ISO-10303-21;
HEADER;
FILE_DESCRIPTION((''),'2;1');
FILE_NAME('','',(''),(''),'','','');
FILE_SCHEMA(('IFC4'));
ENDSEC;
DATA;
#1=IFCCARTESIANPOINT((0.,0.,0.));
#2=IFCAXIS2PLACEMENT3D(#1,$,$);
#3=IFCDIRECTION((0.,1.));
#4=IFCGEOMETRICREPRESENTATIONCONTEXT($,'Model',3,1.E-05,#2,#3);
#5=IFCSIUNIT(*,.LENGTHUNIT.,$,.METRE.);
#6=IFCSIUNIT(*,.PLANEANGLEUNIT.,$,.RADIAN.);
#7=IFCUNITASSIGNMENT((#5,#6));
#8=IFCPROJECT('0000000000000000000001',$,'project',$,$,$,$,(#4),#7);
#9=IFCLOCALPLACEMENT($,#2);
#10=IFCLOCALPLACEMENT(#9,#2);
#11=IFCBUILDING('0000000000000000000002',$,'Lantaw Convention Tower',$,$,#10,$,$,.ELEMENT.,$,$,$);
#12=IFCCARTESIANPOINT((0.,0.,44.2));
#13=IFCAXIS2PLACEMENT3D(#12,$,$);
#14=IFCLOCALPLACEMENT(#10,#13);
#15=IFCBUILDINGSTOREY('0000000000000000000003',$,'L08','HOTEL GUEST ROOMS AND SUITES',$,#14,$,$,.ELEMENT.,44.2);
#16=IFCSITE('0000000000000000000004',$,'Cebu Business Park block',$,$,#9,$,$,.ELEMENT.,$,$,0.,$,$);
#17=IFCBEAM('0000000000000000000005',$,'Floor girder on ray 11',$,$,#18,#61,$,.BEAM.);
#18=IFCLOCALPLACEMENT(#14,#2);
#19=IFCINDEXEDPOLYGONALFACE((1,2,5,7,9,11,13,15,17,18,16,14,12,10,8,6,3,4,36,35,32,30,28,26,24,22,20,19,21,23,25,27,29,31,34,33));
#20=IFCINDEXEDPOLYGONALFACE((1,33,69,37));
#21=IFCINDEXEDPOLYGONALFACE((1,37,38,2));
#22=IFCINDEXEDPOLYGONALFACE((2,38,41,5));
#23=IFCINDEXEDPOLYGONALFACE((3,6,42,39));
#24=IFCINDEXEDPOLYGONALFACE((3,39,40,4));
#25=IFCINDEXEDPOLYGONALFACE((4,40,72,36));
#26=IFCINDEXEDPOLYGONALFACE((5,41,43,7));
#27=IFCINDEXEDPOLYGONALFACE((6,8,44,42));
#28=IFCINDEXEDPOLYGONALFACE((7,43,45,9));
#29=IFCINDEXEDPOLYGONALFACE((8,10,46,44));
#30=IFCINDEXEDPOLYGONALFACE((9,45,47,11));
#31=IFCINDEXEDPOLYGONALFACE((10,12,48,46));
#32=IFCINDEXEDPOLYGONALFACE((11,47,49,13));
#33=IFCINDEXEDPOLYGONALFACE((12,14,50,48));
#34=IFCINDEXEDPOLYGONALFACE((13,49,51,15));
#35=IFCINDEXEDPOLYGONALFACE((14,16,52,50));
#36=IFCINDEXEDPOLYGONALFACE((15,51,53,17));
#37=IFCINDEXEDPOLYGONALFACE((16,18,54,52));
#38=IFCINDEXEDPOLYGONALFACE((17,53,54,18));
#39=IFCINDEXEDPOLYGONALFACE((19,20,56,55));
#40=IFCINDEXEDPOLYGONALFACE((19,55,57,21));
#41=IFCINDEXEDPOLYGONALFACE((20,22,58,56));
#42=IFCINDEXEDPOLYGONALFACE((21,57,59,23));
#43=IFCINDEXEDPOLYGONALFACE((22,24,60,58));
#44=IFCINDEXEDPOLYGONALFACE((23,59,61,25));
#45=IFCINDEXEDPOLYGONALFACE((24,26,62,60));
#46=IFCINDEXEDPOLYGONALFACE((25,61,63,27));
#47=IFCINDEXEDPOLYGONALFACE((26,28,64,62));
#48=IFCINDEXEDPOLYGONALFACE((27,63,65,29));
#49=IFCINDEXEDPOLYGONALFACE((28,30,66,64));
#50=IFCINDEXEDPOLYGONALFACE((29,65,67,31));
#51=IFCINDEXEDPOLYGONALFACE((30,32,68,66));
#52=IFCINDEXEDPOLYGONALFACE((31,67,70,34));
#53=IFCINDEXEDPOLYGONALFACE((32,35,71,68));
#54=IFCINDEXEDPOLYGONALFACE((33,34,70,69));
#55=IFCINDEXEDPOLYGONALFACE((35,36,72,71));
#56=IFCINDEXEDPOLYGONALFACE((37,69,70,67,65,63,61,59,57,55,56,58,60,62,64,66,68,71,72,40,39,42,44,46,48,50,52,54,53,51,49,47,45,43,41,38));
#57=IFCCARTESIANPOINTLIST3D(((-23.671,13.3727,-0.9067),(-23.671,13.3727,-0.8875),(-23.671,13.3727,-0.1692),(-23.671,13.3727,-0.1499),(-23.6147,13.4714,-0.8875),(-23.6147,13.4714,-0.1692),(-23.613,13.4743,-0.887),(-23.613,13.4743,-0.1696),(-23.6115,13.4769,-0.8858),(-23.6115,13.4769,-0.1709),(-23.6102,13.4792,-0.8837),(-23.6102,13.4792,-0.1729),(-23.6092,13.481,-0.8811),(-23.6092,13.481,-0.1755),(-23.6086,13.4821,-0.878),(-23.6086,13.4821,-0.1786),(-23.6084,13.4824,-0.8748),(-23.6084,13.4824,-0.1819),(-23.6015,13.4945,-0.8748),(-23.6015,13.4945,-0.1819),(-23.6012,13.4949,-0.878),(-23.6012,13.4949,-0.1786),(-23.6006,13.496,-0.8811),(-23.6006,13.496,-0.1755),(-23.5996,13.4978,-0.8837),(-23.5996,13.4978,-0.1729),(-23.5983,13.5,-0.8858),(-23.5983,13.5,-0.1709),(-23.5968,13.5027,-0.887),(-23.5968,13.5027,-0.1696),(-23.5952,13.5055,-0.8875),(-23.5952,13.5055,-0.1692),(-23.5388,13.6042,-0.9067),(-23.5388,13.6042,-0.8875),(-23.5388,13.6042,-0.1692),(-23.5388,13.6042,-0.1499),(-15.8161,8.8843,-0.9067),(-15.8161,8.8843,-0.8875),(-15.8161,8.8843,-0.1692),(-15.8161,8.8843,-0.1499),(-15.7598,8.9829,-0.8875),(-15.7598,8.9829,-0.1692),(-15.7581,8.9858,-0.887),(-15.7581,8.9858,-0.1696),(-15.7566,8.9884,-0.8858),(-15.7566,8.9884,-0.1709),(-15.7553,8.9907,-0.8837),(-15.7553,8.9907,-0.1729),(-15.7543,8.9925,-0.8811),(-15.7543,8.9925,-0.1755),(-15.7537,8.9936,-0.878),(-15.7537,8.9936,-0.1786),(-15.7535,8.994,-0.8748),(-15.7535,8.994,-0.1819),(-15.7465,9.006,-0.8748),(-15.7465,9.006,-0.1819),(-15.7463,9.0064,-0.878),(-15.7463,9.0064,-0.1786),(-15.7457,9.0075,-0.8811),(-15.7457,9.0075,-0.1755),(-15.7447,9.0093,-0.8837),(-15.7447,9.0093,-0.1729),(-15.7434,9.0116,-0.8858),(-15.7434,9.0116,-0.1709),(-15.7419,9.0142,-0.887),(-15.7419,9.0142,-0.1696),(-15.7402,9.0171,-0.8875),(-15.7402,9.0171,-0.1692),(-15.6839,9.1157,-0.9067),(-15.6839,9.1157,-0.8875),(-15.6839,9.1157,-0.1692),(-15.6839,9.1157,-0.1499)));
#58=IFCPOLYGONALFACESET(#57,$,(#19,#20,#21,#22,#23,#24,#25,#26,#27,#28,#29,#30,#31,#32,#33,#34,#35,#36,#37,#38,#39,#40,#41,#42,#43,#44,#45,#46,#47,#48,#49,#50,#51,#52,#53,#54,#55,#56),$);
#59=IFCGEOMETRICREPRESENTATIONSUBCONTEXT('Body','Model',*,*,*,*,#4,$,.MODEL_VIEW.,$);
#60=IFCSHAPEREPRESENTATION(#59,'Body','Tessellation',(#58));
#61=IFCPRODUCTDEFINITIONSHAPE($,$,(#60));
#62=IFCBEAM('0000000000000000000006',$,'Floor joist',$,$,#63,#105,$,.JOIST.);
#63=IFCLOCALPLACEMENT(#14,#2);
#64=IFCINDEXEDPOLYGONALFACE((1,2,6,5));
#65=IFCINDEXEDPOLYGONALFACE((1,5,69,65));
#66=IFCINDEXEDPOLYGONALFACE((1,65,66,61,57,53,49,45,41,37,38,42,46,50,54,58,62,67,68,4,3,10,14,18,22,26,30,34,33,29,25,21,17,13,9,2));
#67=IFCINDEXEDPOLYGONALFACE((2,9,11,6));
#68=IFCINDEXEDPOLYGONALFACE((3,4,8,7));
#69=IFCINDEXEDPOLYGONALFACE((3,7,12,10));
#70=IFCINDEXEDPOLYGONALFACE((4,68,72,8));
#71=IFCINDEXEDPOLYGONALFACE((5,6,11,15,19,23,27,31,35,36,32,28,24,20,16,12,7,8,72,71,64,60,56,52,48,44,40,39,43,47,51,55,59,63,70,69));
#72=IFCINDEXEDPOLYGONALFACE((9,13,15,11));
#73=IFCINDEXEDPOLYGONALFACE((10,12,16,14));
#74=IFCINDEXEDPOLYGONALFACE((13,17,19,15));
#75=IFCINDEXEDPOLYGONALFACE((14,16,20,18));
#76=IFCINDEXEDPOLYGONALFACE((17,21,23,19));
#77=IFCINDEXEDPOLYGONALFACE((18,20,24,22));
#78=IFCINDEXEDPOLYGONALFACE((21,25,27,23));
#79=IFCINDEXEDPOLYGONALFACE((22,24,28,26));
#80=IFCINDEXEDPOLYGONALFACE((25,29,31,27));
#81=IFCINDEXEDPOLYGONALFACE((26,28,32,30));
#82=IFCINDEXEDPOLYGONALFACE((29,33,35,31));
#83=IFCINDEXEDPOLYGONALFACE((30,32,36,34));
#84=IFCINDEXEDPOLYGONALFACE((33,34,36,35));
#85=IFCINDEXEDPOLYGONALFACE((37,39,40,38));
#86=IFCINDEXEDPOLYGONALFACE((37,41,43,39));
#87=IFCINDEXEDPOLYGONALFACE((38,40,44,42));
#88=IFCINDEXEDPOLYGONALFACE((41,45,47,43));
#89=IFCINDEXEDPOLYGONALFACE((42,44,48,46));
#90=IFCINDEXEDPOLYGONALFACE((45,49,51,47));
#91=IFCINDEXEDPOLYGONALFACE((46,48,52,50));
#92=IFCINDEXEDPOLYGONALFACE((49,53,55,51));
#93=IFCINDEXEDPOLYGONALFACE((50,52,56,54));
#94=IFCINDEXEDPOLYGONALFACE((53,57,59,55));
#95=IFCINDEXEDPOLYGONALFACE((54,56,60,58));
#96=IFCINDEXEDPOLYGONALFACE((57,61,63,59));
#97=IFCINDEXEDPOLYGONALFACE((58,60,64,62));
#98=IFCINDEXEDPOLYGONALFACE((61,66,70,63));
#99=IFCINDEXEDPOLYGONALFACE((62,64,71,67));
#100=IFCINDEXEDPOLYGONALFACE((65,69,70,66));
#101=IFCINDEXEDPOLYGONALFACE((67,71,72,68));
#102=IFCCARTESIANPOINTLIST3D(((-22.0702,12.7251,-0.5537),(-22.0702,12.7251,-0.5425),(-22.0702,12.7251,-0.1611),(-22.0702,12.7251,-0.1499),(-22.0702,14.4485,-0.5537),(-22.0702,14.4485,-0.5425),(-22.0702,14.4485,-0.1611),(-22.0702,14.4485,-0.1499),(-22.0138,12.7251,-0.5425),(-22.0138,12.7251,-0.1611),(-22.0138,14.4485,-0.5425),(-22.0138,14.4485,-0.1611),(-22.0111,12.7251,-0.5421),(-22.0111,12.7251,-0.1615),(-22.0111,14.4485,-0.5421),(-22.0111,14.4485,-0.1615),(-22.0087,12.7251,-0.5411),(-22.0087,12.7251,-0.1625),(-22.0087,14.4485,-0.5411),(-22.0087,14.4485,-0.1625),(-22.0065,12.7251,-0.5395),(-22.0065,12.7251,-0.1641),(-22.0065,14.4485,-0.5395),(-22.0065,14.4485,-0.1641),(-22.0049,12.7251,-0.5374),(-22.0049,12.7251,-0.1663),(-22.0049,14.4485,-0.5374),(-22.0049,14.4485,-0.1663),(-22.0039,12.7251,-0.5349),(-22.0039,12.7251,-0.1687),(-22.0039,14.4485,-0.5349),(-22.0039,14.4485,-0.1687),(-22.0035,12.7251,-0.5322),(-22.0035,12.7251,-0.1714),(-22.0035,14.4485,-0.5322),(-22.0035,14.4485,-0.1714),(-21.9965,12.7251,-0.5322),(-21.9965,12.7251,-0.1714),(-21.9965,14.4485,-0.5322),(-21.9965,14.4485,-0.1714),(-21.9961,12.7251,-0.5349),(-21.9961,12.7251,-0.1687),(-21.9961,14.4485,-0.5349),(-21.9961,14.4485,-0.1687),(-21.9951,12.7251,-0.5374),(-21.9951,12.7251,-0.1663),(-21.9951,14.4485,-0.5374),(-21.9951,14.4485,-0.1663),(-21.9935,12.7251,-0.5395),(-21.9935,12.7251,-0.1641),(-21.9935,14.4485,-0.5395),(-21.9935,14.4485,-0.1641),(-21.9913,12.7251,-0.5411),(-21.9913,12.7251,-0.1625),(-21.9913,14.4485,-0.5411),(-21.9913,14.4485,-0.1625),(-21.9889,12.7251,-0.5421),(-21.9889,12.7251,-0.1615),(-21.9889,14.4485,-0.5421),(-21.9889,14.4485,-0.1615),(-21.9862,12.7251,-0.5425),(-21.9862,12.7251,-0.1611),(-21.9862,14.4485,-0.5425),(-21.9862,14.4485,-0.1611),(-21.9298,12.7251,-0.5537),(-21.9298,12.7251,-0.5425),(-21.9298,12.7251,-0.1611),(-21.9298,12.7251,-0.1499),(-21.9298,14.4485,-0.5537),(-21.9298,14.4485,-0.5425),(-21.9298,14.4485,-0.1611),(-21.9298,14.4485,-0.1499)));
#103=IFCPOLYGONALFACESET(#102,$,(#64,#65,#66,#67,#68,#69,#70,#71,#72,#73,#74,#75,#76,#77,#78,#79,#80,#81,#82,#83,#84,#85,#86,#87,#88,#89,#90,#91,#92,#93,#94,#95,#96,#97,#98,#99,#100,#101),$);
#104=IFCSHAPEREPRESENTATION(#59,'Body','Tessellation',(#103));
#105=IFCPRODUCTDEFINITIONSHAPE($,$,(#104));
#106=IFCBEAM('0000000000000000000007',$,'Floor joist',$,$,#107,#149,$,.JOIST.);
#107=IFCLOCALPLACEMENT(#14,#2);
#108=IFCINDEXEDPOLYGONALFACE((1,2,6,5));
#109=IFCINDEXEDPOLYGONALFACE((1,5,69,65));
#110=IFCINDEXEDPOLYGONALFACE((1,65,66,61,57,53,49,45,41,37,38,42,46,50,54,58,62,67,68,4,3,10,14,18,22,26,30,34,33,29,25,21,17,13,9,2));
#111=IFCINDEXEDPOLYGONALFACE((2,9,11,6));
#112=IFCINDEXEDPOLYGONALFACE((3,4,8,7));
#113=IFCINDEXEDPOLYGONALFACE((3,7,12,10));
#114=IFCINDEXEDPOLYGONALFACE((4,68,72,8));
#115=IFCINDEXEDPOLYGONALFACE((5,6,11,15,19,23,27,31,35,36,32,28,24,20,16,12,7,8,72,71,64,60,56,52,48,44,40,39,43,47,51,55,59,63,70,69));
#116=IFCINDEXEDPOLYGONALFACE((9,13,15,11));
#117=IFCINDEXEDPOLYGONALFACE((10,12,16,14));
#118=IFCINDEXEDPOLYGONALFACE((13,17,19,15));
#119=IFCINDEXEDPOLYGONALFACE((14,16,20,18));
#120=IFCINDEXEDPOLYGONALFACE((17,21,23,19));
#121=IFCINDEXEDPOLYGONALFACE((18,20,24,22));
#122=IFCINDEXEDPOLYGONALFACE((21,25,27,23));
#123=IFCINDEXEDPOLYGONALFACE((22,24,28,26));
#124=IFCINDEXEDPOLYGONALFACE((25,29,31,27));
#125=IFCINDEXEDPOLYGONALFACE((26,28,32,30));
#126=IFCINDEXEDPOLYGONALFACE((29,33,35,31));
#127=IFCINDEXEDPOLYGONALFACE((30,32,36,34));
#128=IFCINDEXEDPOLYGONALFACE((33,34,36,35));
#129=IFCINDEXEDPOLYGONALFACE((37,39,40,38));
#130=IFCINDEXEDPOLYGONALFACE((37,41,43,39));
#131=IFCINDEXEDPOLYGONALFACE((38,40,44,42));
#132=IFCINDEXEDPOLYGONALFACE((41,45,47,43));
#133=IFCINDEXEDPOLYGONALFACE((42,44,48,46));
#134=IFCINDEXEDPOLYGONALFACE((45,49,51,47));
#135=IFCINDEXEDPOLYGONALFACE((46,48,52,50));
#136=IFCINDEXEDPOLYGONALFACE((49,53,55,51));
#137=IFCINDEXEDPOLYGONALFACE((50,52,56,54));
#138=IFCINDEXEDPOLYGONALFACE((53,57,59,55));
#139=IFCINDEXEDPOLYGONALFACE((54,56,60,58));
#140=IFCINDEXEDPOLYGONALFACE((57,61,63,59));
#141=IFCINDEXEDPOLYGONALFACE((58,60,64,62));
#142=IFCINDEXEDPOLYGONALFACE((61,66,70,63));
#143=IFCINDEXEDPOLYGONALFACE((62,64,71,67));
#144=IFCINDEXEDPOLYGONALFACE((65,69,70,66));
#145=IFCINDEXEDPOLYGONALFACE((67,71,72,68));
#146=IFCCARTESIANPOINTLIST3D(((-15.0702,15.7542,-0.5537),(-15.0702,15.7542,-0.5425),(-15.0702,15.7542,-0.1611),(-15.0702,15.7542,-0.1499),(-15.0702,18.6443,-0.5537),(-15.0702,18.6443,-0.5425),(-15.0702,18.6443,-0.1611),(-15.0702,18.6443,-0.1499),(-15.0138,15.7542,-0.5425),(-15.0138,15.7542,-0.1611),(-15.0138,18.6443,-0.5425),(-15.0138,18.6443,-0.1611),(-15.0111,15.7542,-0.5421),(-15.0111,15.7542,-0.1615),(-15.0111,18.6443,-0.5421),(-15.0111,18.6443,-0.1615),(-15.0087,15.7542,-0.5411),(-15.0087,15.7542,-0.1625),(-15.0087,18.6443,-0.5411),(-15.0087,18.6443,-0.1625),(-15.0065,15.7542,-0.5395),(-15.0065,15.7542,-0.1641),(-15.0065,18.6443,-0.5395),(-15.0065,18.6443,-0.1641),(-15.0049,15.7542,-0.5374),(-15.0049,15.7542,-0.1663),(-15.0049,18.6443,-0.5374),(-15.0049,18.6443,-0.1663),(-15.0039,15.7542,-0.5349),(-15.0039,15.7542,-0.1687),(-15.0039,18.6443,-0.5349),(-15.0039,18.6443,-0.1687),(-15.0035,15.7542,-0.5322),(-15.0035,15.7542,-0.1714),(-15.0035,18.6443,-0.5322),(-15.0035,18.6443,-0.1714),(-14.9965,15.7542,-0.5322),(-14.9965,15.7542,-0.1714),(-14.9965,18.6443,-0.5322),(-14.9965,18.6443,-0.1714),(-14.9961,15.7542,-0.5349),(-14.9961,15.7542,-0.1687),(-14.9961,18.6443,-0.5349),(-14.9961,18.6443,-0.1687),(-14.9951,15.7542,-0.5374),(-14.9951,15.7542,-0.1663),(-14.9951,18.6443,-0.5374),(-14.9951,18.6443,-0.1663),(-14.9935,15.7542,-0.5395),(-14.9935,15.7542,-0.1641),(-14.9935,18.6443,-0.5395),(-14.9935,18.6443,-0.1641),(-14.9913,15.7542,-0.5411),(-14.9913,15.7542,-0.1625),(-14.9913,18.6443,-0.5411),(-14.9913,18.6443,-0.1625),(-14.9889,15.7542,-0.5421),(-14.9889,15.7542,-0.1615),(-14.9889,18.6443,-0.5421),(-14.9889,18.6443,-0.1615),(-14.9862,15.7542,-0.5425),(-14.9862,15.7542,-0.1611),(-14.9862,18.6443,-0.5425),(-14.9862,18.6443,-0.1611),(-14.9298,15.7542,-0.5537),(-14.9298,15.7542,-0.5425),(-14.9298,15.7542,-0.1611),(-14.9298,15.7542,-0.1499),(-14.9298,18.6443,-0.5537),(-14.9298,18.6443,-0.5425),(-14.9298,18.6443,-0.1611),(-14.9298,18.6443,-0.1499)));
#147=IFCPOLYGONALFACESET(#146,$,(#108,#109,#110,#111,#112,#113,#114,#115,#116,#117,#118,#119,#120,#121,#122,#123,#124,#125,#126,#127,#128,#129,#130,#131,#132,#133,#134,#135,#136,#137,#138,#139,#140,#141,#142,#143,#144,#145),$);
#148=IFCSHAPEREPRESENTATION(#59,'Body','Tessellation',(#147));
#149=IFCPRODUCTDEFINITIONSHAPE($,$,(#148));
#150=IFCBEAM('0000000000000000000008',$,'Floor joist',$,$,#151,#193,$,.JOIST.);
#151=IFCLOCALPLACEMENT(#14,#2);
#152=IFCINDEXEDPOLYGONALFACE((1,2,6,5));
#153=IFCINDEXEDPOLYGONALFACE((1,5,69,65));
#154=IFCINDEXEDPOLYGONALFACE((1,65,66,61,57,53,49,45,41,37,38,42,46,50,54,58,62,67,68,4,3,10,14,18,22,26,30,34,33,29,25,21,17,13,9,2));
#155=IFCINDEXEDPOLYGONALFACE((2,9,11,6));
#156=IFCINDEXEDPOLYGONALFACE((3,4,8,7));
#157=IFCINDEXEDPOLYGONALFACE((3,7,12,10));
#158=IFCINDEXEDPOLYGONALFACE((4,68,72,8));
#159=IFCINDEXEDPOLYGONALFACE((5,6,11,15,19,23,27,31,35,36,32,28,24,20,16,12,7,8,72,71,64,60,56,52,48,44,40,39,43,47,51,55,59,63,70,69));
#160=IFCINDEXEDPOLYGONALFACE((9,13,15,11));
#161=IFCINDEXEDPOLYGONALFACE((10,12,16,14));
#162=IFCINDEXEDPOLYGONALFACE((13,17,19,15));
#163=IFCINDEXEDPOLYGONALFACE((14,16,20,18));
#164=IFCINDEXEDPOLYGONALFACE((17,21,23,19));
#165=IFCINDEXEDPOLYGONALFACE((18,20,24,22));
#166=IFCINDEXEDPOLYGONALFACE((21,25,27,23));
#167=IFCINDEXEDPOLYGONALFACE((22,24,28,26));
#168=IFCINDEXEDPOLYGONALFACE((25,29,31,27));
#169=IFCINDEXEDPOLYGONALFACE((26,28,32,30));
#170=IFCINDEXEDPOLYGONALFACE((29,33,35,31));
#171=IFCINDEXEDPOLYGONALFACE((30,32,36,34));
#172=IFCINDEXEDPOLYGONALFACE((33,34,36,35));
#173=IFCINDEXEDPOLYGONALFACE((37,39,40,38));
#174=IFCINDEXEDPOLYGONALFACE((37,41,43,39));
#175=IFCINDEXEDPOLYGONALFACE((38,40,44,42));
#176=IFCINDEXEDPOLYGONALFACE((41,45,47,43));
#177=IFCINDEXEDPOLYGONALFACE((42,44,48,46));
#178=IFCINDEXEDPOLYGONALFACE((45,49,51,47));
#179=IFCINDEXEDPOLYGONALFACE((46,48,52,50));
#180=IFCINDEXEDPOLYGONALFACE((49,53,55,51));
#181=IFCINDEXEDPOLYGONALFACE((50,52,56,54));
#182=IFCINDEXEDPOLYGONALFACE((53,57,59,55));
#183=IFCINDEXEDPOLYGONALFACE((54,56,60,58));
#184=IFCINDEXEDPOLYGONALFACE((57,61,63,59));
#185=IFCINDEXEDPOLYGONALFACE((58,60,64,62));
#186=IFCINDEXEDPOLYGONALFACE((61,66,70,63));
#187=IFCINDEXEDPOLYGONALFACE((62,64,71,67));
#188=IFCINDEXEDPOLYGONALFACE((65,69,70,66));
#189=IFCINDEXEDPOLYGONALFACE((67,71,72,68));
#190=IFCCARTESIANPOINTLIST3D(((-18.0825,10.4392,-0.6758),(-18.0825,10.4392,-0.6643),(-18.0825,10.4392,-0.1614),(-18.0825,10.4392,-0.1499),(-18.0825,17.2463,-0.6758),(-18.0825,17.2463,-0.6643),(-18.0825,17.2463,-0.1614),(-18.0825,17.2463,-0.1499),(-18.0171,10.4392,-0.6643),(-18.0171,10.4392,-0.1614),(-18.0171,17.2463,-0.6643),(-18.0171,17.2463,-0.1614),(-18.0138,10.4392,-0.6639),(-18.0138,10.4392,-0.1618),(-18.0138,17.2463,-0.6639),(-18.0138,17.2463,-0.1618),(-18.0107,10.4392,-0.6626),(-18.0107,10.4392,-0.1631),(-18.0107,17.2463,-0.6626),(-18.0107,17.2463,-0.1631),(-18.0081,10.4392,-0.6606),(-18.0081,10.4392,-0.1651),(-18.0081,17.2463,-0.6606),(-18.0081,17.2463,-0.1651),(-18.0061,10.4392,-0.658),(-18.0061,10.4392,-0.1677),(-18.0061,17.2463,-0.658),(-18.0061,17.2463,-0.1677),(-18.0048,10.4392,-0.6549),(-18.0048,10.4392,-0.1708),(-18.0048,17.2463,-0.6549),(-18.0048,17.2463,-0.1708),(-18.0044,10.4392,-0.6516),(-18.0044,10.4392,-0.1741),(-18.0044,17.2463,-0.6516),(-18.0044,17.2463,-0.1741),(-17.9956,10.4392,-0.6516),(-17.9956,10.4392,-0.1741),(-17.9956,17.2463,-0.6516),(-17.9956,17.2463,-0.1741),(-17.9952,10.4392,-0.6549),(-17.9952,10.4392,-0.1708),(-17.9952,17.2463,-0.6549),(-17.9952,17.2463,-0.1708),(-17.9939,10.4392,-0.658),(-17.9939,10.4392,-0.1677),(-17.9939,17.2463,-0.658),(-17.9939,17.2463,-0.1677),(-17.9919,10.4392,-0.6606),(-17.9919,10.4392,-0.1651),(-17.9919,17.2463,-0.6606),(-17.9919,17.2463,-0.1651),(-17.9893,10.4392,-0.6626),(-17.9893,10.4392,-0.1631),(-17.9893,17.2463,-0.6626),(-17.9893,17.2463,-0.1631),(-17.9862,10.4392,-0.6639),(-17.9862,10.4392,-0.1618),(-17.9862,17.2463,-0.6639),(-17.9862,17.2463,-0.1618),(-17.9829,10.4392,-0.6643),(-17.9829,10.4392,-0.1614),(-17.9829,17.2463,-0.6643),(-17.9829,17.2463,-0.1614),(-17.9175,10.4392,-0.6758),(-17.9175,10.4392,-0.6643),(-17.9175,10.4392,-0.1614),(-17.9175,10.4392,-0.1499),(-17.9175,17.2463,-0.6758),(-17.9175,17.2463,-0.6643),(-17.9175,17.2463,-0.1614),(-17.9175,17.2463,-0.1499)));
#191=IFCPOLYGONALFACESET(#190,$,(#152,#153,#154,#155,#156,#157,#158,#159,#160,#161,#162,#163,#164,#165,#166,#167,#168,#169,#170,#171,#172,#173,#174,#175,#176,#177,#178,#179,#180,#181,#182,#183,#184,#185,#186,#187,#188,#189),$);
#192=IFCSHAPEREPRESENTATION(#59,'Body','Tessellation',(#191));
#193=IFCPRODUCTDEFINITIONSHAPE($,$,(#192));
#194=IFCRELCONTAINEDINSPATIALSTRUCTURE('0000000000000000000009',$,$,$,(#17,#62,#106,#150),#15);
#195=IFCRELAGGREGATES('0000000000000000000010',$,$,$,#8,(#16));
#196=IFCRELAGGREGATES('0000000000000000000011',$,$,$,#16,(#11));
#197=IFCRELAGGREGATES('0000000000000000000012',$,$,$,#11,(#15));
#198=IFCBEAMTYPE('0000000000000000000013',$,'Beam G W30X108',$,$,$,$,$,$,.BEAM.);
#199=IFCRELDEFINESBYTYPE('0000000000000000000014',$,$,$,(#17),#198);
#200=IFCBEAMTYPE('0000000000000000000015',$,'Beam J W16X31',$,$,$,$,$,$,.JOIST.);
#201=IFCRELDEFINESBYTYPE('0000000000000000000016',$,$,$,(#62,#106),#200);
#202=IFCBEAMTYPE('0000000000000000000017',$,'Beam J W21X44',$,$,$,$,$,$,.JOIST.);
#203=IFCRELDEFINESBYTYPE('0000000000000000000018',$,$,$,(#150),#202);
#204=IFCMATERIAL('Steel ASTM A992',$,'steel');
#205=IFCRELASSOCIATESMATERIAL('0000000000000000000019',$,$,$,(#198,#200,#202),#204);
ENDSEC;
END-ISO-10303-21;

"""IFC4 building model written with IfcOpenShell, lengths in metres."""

from ifc_helpers import new_model, si_unit, direction, frame, origin, origin_2d, place, context, subcontext, project, spatial, i_section, extrude, material, material_profile, profile_set, type_object, element, save


model = new_model("IFC4")

# Units and contexts
model_context = context("Model", 3, precision=1e-05, world=origin(), true_north=direction((0.0, 1.0)))
body_context = subcontext(model_context, "Body", "Model", "MODEL_VIEW")
ifc_project = project(units=[si_unit("LENGTHUNIT", "METRE"), si_unit("PLANEANGLEUNIT", "RADIAN")], contexts=[model_context])

# Site, building, storey
site_placement = place(None, origin())
site = spatial("IfcSite", under=ifc_project, at=site_placement, Name="Cebu Business Park block", CompositionType="ELEMENT", RefElevation=0.0)
building_placement = place(site_placement, origin())
building = spatial("IfcBuilding", under=site, at=building_placement, Name="Lantaw Convention Tower", CompositionType="ELEMENT")
storey_placement = place(building_placement, frame((0.0, 0.0, 44.2)))
storey = spatial("IfcBuildingStorey", under=building, at=storey_placement, Name="L08", Description="HOTEL GUEST ROOMS AND SUITES", CompositionType="ELEMENT", Elevation=44.2)

# Beams
ifc_material_1 = material(Name="Steel ASTM A992", Category="steel")
ifc_material_profile_1 = material_profile(ifc_material_1, i_section(OverallWidth=0.2666, OverallDepth=0.7568, WebThickness=0.0139, FlangeThickness=0.0193, FilletRadius=0.0127, at=origin_2d()), Name="W30X108")
ifc_profile_set_1 = profile_set([ifc_material_profile_1], Name="Steel ASTM A992")
beam_type_1 = type_object("IfcBeamType", Name="Beam G W30X108", PredefinedType="BEAM", material=ifc_profile_set_1)
beam_1_placement = place(storey_placement, frame((-15.75, 9.0, -0.5283), z_axis=(-0.868245, 0.496136, 0.0), x_axis=(-0.496136, -0.868245, 0.0)))
element("IfcBeam", 1, at=beam_1_placement, inside=storey, type_object=beam_type_1, Name="Floor girder on ray 11", PredefinedType="BEAM", context=body_context, shape_type="SweptSolid", body=[
    extrude(i_section(OverallWidth=0.2666, OverallDepth=0.7568, WebThickness=0.0139, FlangeThickness=0.0193, FilletRadius=0.0127, at=origin_2d()), origin(), (0.0, 0.0, 1.0), 9.0469),
])
ifc_material_profile_2 = material_profile(ifc_material_1, i_section(OverallWidth=0.1404, OverallDepth=0.4038, WebThickness=0.0071, FlangeThickness=0.0112, FilletRadius=0.0103, at=origin_2d()), Name="W16X31")
ifc_profile_set_2 = profile_set([ifc_material_profile_2], Name="Steel ASTM A992")
beam_type_2 = type_object("IfcBeamType", Name="Beam J W16X31", PredefinedType="JOIST", material=ifc_profile_set_2)
beam_2_placement = place(storey_placement, frame((-22.0, 12.7251, -0.3518), z_axis=(0.0, 1.0, 0.0), x_axis=(-1.0, 0.0, 0.0)))
element("IfcBeam", 2, at=beam_2_placement, inside=storey, type_object=beam_type_2, Name="Floor joist", PredefinedType="JOIST", context=body_context, shape_type="SweptSolid", body=[
    extrude(i_section(OverallWidth=0.1404, OverallDepth=0.4038, WebThickness=0.0071, FlangeThickness=0.0112, FilletRadius=0.0103, at=origin_2d()), origin(), (0.0, 0.0, 1.0), 1.7234),
])
beam_3_placement = place(storey_placement, frame((-15.0, 15.7542, -0.3518), z_axis=(0.0, 1.0, 0.0), x_axis=(-1.0, 0.0, 0.0)))
element("IfcBeam", 3, at=beam_3_placement, inside=storey, type_object=beam_type_2, Name="Floor joist", PredefinedType="JOIST", context=body_context, shape_type="SweptSolid", body=[
    extrude(i_section(OverallWidth=0.1404, OverallDepth=0.4038, WebThickness=0.0071, FlangeThickness=0.0112, FilletRadius=0.0103, at=origin_2d()), origin(), (0.0, 0.0, 1.0), 2.8901),
])
ifc_material_profile_3 = material_profile(ifc_material_1, i_section(OverallWidth=0.165, OverallDepth=0.5259, WebThickness=0.0088, FlangeThickness=0.0115, FilletRadius=0.0127, at=origin_2d()), Name="W21X44")
ifc_profile_set_3 = profile_set([ifc_material_profile_3], Name="Steel ASTM A992")
beam_type_3 = type_object("IfcBeamType", Name="Beam J W21X44", PredefinedType="JOIST", material=ifc_profile_set_3)
beam_4_placement = place(storey_placement, frame((-18.0, 10.4392, -0.4128), z_axis=(0.0, 1.0, 0.0), x_axis=(-1.0, 0.0, 0.0)))
element("IfcBeam", 4, at=beam_4_placement, inside=storey, type_object=beam_type_3, Name="Floor joist", PredefinedType="JOIST", context=body_context, shape_type="SweptSolid", body=[
    extrude(i_section(OverallWidth=0.165, OverallDepth=0.5259, WebThickness=0.0088, FlangeThickness=0.0115, FilletRadius=0.0127, at=origin_2d()), origin(), (0.0, 0.0, 1.0), 6.8071),
])

save(model, "model.ifc")
